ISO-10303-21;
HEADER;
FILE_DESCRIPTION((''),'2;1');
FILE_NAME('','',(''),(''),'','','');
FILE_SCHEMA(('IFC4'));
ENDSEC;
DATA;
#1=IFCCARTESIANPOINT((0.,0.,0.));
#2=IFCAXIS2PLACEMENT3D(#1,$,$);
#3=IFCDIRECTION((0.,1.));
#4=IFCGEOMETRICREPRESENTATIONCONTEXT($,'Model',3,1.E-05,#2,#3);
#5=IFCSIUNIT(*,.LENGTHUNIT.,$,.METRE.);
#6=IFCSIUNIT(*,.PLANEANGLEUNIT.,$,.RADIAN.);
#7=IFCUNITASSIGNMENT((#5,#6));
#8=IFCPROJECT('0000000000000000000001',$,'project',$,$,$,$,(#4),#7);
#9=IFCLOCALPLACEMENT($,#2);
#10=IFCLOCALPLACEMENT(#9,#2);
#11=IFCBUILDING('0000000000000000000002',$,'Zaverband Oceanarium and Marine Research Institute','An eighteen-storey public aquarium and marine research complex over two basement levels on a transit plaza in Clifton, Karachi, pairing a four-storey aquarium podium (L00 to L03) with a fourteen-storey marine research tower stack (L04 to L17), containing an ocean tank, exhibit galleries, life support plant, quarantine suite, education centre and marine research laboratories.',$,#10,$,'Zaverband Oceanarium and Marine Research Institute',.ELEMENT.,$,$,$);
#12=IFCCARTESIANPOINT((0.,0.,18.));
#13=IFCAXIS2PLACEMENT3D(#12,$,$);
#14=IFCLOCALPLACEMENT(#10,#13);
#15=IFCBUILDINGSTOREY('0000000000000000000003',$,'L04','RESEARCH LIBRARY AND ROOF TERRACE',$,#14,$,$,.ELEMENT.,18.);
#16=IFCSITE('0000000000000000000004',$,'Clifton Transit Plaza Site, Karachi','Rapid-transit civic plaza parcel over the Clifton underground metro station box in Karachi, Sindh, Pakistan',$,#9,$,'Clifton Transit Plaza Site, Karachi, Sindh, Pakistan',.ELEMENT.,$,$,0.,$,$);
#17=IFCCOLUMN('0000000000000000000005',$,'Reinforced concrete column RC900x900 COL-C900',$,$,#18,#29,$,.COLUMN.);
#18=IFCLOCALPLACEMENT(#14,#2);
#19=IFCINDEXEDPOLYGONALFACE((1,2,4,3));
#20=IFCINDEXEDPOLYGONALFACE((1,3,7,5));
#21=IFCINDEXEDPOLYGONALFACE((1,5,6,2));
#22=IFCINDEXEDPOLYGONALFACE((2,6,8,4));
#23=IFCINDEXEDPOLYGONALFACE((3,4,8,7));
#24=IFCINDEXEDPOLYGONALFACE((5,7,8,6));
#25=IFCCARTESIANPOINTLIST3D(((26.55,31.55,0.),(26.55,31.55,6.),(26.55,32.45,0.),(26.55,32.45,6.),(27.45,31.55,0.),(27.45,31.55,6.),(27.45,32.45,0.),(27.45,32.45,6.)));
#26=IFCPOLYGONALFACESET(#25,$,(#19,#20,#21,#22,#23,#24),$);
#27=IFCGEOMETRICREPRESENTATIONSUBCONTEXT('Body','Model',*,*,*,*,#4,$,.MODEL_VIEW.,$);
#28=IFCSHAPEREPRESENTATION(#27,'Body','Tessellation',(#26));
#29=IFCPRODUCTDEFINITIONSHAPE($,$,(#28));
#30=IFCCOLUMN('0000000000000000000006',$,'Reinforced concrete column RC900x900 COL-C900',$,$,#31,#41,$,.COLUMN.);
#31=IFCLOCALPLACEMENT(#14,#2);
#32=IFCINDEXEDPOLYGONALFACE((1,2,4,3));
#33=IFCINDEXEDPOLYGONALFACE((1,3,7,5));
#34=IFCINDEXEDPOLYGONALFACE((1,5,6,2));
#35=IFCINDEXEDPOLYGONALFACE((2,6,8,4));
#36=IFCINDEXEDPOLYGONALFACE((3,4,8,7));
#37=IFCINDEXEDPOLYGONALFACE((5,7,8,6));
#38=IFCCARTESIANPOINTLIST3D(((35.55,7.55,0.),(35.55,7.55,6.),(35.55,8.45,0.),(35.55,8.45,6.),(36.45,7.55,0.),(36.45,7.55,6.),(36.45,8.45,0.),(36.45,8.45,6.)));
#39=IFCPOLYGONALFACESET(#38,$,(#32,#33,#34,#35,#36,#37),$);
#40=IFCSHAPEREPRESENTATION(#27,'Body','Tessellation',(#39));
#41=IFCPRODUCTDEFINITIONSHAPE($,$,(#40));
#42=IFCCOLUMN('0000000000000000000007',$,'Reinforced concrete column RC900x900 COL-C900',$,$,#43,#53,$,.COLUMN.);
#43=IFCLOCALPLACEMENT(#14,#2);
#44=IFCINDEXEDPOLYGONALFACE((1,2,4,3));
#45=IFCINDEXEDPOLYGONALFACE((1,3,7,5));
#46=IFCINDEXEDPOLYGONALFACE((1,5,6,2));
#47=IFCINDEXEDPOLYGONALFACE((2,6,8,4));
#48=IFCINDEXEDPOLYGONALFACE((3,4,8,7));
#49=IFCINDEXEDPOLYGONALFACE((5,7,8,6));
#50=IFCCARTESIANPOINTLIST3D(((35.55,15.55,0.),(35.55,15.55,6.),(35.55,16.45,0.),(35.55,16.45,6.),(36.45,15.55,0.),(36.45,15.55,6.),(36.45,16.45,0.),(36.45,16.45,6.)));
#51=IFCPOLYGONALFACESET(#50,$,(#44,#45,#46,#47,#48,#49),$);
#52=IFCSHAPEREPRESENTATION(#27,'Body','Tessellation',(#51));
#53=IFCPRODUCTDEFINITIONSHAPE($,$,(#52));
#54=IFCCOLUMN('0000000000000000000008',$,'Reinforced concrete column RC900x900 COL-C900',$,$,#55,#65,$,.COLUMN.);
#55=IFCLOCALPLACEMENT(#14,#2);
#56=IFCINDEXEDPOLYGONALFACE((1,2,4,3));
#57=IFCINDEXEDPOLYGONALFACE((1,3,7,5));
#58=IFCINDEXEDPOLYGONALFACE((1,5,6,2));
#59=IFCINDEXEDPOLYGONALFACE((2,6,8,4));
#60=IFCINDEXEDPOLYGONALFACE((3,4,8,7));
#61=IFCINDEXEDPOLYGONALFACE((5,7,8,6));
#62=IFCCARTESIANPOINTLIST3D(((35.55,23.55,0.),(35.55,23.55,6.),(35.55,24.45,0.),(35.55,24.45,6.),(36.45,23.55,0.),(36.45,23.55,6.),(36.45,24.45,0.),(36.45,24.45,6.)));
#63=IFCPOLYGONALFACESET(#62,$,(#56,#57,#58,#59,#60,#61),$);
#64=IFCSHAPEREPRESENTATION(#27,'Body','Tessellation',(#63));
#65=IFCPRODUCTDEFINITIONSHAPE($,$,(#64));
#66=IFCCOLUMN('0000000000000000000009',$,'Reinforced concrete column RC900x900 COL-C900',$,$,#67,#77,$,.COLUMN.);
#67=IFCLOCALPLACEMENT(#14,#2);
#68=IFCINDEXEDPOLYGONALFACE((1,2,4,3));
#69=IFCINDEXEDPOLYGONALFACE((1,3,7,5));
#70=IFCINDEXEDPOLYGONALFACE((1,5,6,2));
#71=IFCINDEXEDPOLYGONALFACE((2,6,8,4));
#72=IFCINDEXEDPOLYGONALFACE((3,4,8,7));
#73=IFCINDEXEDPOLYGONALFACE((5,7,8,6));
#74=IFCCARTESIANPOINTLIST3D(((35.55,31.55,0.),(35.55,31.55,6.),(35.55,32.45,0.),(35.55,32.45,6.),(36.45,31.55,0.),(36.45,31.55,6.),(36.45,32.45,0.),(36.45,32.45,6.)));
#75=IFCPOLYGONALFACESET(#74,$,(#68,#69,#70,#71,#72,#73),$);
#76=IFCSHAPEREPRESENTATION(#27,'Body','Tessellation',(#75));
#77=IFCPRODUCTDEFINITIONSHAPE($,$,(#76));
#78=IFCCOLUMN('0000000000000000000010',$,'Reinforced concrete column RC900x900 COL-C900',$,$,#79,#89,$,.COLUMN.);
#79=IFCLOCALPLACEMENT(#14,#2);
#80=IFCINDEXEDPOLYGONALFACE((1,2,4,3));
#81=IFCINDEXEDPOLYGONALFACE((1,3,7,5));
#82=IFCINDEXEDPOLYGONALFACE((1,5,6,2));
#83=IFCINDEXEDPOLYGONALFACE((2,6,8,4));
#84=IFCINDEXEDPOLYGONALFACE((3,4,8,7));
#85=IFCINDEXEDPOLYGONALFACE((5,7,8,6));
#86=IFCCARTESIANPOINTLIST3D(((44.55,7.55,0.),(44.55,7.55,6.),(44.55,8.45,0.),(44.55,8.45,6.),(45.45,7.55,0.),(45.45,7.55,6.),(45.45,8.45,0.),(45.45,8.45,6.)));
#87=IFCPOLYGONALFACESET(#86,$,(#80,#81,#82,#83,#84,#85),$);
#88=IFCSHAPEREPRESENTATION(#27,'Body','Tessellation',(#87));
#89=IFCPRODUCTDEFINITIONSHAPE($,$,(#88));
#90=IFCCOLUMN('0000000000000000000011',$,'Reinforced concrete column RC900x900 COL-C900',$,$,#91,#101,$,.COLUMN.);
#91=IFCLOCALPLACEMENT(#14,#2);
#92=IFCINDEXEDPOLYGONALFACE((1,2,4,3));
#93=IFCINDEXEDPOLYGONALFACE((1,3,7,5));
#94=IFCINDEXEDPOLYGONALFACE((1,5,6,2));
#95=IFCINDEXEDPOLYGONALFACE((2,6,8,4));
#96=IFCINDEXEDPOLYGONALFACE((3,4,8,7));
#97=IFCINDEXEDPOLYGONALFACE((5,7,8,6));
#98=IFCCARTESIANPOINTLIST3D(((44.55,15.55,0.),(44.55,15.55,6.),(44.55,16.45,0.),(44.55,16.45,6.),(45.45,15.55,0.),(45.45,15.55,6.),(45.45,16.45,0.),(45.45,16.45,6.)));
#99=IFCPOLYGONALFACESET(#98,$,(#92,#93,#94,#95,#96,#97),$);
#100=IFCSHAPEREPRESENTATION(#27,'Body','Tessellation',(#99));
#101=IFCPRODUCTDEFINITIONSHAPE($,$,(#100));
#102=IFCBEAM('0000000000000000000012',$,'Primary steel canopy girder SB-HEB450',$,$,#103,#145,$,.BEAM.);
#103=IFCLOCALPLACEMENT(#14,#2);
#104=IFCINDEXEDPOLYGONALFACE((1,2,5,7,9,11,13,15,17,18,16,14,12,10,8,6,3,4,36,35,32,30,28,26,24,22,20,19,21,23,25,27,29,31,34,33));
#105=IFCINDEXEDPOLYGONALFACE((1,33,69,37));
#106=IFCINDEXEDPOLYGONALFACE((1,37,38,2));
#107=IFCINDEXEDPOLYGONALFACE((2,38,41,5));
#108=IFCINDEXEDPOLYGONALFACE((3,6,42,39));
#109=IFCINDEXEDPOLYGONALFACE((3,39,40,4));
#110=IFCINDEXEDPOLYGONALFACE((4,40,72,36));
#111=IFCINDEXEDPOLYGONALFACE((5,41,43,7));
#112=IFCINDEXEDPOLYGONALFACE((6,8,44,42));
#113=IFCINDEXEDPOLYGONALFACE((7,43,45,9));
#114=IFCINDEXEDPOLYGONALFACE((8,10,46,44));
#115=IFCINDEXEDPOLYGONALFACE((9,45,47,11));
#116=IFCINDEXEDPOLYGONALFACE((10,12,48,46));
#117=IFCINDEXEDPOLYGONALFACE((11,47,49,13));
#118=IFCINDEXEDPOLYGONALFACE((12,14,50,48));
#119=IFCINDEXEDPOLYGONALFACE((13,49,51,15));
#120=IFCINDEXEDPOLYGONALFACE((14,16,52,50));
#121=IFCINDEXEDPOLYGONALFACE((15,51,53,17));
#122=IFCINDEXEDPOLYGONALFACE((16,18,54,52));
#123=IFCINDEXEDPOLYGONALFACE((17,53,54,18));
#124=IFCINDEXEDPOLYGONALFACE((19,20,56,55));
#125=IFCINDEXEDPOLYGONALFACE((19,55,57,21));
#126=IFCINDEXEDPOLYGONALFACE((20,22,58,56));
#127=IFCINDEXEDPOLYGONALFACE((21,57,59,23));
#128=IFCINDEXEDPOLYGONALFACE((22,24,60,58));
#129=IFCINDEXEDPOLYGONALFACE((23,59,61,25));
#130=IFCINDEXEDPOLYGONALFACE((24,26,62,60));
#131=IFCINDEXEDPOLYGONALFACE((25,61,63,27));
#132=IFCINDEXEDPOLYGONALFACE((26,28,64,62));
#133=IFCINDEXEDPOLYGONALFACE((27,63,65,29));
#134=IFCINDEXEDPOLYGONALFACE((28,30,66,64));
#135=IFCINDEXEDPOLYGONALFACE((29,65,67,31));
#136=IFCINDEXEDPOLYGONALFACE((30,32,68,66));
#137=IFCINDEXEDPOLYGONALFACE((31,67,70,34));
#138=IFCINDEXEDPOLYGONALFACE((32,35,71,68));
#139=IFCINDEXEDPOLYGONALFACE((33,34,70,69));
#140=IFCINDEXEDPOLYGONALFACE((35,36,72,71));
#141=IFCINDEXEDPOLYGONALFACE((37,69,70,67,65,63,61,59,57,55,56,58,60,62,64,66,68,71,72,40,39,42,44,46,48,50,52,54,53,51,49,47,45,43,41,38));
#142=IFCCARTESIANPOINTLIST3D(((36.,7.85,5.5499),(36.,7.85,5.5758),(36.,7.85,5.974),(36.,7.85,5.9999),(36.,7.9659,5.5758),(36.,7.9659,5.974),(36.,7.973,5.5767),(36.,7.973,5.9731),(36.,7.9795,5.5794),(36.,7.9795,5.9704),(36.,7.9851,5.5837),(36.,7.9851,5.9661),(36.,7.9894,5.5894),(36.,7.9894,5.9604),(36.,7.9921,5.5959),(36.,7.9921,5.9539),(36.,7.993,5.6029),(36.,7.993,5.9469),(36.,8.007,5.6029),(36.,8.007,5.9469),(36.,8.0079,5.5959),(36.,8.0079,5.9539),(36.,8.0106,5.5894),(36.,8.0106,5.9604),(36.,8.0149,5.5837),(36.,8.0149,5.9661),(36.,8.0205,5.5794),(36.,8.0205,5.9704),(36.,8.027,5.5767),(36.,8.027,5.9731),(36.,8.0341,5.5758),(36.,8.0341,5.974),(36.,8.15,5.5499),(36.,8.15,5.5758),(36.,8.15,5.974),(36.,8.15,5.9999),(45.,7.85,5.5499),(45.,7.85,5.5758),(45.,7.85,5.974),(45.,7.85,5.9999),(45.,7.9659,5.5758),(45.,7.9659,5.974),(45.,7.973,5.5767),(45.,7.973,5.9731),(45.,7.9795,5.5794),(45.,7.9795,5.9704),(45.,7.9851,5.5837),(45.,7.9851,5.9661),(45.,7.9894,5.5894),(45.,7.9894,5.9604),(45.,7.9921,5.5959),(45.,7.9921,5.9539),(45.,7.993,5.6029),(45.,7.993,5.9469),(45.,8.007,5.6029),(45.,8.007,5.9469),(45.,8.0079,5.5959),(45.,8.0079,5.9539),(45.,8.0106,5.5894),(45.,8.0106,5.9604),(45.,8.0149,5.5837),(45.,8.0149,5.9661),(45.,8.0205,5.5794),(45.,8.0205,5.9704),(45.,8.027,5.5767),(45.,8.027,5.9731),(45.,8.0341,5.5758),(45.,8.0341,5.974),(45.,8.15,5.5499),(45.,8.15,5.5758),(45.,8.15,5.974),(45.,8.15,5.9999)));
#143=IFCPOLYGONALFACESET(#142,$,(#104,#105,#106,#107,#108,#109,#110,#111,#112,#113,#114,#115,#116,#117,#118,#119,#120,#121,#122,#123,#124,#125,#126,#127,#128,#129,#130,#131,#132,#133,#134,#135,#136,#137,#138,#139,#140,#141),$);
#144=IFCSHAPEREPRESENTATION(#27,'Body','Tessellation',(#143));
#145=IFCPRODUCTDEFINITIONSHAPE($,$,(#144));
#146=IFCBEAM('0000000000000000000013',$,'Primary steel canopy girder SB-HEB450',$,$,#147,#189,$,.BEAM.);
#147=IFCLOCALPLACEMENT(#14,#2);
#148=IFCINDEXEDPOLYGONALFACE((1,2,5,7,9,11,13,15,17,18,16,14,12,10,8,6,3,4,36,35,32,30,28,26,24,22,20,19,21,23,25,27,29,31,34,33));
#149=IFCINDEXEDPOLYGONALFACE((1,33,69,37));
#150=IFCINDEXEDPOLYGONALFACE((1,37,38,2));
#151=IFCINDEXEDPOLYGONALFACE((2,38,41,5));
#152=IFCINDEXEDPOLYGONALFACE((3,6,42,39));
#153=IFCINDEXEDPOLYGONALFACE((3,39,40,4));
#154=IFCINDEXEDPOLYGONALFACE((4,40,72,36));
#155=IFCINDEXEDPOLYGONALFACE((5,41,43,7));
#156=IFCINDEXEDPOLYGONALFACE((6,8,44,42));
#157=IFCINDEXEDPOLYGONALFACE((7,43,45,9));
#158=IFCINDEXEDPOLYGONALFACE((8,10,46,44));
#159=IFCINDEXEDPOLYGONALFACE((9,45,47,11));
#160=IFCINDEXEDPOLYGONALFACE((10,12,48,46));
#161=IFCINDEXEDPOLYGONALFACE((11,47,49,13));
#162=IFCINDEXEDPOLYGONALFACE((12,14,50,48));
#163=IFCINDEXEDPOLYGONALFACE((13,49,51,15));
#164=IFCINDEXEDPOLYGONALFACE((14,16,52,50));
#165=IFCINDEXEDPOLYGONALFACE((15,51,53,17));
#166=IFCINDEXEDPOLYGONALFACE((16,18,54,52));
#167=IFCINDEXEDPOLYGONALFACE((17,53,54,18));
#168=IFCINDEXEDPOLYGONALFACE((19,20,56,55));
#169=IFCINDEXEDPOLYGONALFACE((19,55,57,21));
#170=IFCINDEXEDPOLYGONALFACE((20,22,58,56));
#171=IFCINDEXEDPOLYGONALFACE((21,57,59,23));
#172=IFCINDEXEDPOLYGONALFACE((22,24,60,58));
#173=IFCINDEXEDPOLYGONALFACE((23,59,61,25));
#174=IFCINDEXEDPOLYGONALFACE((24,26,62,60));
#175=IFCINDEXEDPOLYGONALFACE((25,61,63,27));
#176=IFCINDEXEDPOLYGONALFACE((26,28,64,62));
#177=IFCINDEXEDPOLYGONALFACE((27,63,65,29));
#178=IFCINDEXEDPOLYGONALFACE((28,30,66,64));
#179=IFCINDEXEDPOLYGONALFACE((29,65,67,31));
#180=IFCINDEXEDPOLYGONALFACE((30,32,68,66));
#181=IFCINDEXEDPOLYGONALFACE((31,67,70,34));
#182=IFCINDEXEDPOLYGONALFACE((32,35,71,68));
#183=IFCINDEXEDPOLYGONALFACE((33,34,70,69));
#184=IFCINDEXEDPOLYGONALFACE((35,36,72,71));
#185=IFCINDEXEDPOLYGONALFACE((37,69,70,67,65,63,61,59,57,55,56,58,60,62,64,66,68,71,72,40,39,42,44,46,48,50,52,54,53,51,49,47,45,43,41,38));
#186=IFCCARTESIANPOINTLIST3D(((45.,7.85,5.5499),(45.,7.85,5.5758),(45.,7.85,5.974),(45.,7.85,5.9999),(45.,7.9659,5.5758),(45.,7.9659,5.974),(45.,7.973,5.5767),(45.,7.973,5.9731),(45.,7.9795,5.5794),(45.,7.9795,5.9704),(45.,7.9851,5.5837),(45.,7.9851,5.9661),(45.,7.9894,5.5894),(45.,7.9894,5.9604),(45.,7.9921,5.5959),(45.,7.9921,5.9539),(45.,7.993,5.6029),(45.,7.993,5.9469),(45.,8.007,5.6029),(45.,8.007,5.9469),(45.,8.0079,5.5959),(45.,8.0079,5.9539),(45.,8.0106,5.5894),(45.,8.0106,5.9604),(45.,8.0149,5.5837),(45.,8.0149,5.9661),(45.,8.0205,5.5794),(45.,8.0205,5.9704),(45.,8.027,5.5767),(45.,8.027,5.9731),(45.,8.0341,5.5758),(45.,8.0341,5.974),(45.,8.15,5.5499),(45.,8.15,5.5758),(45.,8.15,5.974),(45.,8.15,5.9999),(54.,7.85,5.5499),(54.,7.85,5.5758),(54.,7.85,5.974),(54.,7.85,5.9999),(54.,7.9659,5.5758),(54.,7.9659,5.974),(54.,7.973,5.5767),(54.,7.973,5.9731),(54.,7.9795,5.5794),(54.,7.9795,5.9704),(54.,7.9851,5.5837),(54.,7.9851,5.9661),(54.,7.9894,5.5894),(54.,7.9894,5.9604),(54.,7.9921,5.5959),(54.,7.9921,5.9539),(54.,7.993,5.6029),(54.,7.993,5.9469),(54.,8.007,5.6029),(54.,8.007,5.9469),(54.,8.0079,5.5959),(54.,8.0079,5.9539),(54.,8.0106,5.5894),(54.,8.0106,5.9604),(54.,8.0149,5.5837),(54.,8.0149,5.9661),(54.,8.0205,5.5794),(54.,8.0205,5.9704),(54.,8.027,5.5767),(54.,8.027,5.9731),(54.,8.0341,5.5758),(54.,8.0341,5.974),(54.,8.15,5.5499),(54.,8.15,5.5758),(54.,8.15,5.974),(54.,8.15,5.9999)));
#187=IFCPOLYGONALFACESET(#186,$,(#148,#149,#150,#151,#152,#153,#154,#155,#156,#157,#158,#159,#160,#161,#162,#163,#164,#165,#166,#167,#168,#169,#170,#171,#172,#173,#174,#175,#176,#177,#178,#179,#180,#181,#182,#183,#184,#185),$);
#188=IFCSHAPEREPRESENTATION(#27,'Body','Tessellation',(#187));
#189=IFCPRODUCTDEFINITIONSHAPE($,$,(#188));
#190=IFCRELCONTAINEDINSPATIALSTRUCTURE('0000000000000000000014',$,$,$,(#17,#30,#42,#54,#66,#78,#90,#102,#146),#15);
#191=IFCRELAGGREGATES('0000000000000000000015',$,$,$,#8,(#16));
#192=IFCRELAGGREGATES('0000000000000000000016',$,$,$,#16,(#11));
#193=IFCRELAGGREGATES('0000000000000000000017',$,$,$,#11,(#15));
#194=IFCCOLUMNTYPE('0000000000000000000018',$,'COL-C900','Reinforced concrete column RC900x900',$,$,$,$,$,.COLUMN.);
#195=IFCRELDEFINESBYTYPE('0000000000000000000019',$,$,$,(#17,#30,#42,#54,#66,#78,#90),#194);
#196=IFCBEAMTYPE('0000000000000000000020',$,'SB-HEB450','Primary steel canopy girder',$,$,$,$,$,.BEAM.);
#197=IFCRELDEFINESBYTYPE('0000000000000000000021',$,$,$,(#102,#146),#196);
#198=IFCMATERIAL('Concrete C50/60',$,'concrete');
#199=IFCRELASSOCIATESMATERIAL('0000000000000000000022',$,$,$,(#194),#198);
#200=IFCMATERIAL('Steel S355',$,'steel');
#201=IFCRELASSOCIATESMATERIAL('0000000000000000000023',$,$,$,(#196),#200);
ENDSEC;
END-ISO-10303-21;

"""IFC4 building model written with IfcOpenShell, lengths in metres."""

from ifc_helpers import new_model, si_unit, direction, frame, origin, origin_2d, place, context, subcontext, project, spatial, rectangle, i_section, extrude, material, material_profile, profile_set, type_object, element, save


model = new_model("IFC4")

# Units and contexts
model_context = context("Model", 3, precision=1e-05, world=origin(), true_north=direction((0.0, 1.0)))
body_context = subcontext(model_context, "Body", "Model", "MODEL_VIEW")
ifc_project = project(units=[si_unit("LENGTHUNIT", "METRE"), si_unit("PLANEANGLEUNIT", "RADIAN")], contexts=[model_context])

# Site, building, storey
site_placement = place(None, origin())
site = spatial("IfcSite", under=ifc_project, at=site_placement, Name="Clifton Transit Plaza Site, Karachi", Description="Rapid-transit civic plaza parcel over the Clifton underground metro station box in Karachi, Sindh, Pakistan", LongName="Clifton Transit Plaza Site, Karachi, Sindh, Pakistan", CompositionType="ELEMENT", RefElevation=0.0)
building_placement = place(site_placement, origin())
building = spatial("IfcBuilding", under=site, at=building_placement, Name="Zaverband Oceanarium and Marine Research Institute", Description="An eighteen-storey public aquarium and marine research complex over two basement levels on a transit plaza in Clifton, Karachi, pairing a four-storey aquarium podium (L00 to L03) with a fourteen-storey marine research tower stack (L04 to L17), containing an ocean tank, exhibit galleries, life support plant, quarantine suite, education centre and marine research laboratories.", LongName="Zaverband Oceanarium and Marine Research Institute", CompositionType="ELEMENT")
storey_placement = place(building_placement, frame((0.0, 0.0, 18.0)))
storey = spatial("IfcBuildingStorey", under=building, at=storey_placement, Name="L04", Description="RESEARCH LIBRARY AND ROOF TERRACE", CompositionType="ELEMENT", Elevation=18.0)

# Columns
ifc_material_1 = material(Name="Concrete C50/60", Category="concrete")
ifc_material_profile_1 = material_profile(ifc_material_1, rectangle(XDim=0.8999, YDim=0.8999, at=origin_2d()), Name="RC900x900")
ifc_profile_set_1 = profile_set([ifc_material_profile_1], Name="Concrete C50/60")
column_type = type_object("IfcColumnType", Name="COL-C900", Description="Reinforced concrete column RC900x900", PredefinedType="COLUMN", material=ifc_profile_set_1)
for number, where, z_axis, x_axis, name in (
    (1, (27.0, 32.0, 0.0), (0.0, 0.0, 1.0), (1.0, 0.0, 0.0), "Reinforced concrete column RC900x900 COL-C900"),
    (2, (36.0, 8.0, 0.0), (0.0, 0.0, 1.0), (1.0, 0.0, 0.0), "Reinforced concrete column RC900x900 COL-C900"),
    (3, (36.0, 16.0, 0.0), (0.0, 0.0, 1.0), (1.0, 0.0, 0.0), "Reinforced concrete column RC900x900 COL-C900"),
    (4, (36.0, 24.0, 0.0), (0.0, 0.0, 1.0), (1.0, 0.0, 0.0), "Reinforced concrete column RC900x900 COL-C900"),
    (5, (36.0, 32.0, 0.0), (0.0, 0.0, 1.0), (1.0, 0.0, 0.0), "Reinforced concrete column RC900x900 COL-C900"),
    (6, (45.0, 8.0, 0.0), (0.0, 0.0, 1.0), (1.0, 0.0, 0.0), "Reinforced concrete column RC900x900 COL-C900"),
    (7, (45.0, 16.0, 0.0), (0.0, 0.0, 1.0), (1.0, 0.0, 0.0), "Reinforced concrete column RC900x900 COL-C900"),
):
    element("IfcColumn", number, at=place(storey_placement, frame(where, z_axis=z_axis, x_axis=x_axis)), inside=storey, type_object=column_type, Name=name, PredefinedType="COLUMN", context=body_context, shape_type="SweptSolid", body=[
        extrude(rectangle(XDim=0.8999, YDim=0.8999, at=origin_2d()), origin(), (0.0, 0.0, 1.0), 6.0),
    ])

# Beams
ifc_material_2 = material(Name="Steel S355", Category="steel")
ifc_material_profile_2 = material_profile(ifc_material_2, i_section(OverallWidth=0.3, OverallDepth=0.45, WebThickness=0.0139, FlangeThickness=0.0259, FilletRadius=0.0271, at=origin_2d()), Name="HEB450")
ifc_profile_set_2 = profile_set([ifc_material_profile_2], Name="Steel S355")
beam_type = type_object("IfcBeamType", Name="SB-HEB450", Description="Primary steel canopy girder", PredefinedType="BEAM", material=ifc_profile_set_2)
for number, where, z_axis, x_axis, name in (
    (8, (36.0, 8.0, 5.7749), (1.0, 0.0, 0.0), (0.0, 1.0, 0.0), "Primary steel canopy girder SB-HEB450"),
    (9, (45.0, 8.0, 5.7749), (1.0, 0.0, 0.0), (0.0, 1.0, 0.0), "Primary steel canopy girder SB-HEB450"),
):
    element("IfcBeam", number, at=place(storey_placement, frame(where, z_axis=z_axis, x_axis=x_axis)), inside=storey, type_object=beam_type, Name=name, PredefinedType="BEAM", context=body_context, shape_type="SweptSolid", body=[
        extrude(i_section(OverallWidth=0.3, OverallDepth=0.45, WebThickness=0.0139, FlangeThickness=0.0259, FilletRadius=0.0271, at=origin_2d()), origin(), (0.0, 0.0, 1.0), 9.0),
    ])

save(model, "model.ifc")
